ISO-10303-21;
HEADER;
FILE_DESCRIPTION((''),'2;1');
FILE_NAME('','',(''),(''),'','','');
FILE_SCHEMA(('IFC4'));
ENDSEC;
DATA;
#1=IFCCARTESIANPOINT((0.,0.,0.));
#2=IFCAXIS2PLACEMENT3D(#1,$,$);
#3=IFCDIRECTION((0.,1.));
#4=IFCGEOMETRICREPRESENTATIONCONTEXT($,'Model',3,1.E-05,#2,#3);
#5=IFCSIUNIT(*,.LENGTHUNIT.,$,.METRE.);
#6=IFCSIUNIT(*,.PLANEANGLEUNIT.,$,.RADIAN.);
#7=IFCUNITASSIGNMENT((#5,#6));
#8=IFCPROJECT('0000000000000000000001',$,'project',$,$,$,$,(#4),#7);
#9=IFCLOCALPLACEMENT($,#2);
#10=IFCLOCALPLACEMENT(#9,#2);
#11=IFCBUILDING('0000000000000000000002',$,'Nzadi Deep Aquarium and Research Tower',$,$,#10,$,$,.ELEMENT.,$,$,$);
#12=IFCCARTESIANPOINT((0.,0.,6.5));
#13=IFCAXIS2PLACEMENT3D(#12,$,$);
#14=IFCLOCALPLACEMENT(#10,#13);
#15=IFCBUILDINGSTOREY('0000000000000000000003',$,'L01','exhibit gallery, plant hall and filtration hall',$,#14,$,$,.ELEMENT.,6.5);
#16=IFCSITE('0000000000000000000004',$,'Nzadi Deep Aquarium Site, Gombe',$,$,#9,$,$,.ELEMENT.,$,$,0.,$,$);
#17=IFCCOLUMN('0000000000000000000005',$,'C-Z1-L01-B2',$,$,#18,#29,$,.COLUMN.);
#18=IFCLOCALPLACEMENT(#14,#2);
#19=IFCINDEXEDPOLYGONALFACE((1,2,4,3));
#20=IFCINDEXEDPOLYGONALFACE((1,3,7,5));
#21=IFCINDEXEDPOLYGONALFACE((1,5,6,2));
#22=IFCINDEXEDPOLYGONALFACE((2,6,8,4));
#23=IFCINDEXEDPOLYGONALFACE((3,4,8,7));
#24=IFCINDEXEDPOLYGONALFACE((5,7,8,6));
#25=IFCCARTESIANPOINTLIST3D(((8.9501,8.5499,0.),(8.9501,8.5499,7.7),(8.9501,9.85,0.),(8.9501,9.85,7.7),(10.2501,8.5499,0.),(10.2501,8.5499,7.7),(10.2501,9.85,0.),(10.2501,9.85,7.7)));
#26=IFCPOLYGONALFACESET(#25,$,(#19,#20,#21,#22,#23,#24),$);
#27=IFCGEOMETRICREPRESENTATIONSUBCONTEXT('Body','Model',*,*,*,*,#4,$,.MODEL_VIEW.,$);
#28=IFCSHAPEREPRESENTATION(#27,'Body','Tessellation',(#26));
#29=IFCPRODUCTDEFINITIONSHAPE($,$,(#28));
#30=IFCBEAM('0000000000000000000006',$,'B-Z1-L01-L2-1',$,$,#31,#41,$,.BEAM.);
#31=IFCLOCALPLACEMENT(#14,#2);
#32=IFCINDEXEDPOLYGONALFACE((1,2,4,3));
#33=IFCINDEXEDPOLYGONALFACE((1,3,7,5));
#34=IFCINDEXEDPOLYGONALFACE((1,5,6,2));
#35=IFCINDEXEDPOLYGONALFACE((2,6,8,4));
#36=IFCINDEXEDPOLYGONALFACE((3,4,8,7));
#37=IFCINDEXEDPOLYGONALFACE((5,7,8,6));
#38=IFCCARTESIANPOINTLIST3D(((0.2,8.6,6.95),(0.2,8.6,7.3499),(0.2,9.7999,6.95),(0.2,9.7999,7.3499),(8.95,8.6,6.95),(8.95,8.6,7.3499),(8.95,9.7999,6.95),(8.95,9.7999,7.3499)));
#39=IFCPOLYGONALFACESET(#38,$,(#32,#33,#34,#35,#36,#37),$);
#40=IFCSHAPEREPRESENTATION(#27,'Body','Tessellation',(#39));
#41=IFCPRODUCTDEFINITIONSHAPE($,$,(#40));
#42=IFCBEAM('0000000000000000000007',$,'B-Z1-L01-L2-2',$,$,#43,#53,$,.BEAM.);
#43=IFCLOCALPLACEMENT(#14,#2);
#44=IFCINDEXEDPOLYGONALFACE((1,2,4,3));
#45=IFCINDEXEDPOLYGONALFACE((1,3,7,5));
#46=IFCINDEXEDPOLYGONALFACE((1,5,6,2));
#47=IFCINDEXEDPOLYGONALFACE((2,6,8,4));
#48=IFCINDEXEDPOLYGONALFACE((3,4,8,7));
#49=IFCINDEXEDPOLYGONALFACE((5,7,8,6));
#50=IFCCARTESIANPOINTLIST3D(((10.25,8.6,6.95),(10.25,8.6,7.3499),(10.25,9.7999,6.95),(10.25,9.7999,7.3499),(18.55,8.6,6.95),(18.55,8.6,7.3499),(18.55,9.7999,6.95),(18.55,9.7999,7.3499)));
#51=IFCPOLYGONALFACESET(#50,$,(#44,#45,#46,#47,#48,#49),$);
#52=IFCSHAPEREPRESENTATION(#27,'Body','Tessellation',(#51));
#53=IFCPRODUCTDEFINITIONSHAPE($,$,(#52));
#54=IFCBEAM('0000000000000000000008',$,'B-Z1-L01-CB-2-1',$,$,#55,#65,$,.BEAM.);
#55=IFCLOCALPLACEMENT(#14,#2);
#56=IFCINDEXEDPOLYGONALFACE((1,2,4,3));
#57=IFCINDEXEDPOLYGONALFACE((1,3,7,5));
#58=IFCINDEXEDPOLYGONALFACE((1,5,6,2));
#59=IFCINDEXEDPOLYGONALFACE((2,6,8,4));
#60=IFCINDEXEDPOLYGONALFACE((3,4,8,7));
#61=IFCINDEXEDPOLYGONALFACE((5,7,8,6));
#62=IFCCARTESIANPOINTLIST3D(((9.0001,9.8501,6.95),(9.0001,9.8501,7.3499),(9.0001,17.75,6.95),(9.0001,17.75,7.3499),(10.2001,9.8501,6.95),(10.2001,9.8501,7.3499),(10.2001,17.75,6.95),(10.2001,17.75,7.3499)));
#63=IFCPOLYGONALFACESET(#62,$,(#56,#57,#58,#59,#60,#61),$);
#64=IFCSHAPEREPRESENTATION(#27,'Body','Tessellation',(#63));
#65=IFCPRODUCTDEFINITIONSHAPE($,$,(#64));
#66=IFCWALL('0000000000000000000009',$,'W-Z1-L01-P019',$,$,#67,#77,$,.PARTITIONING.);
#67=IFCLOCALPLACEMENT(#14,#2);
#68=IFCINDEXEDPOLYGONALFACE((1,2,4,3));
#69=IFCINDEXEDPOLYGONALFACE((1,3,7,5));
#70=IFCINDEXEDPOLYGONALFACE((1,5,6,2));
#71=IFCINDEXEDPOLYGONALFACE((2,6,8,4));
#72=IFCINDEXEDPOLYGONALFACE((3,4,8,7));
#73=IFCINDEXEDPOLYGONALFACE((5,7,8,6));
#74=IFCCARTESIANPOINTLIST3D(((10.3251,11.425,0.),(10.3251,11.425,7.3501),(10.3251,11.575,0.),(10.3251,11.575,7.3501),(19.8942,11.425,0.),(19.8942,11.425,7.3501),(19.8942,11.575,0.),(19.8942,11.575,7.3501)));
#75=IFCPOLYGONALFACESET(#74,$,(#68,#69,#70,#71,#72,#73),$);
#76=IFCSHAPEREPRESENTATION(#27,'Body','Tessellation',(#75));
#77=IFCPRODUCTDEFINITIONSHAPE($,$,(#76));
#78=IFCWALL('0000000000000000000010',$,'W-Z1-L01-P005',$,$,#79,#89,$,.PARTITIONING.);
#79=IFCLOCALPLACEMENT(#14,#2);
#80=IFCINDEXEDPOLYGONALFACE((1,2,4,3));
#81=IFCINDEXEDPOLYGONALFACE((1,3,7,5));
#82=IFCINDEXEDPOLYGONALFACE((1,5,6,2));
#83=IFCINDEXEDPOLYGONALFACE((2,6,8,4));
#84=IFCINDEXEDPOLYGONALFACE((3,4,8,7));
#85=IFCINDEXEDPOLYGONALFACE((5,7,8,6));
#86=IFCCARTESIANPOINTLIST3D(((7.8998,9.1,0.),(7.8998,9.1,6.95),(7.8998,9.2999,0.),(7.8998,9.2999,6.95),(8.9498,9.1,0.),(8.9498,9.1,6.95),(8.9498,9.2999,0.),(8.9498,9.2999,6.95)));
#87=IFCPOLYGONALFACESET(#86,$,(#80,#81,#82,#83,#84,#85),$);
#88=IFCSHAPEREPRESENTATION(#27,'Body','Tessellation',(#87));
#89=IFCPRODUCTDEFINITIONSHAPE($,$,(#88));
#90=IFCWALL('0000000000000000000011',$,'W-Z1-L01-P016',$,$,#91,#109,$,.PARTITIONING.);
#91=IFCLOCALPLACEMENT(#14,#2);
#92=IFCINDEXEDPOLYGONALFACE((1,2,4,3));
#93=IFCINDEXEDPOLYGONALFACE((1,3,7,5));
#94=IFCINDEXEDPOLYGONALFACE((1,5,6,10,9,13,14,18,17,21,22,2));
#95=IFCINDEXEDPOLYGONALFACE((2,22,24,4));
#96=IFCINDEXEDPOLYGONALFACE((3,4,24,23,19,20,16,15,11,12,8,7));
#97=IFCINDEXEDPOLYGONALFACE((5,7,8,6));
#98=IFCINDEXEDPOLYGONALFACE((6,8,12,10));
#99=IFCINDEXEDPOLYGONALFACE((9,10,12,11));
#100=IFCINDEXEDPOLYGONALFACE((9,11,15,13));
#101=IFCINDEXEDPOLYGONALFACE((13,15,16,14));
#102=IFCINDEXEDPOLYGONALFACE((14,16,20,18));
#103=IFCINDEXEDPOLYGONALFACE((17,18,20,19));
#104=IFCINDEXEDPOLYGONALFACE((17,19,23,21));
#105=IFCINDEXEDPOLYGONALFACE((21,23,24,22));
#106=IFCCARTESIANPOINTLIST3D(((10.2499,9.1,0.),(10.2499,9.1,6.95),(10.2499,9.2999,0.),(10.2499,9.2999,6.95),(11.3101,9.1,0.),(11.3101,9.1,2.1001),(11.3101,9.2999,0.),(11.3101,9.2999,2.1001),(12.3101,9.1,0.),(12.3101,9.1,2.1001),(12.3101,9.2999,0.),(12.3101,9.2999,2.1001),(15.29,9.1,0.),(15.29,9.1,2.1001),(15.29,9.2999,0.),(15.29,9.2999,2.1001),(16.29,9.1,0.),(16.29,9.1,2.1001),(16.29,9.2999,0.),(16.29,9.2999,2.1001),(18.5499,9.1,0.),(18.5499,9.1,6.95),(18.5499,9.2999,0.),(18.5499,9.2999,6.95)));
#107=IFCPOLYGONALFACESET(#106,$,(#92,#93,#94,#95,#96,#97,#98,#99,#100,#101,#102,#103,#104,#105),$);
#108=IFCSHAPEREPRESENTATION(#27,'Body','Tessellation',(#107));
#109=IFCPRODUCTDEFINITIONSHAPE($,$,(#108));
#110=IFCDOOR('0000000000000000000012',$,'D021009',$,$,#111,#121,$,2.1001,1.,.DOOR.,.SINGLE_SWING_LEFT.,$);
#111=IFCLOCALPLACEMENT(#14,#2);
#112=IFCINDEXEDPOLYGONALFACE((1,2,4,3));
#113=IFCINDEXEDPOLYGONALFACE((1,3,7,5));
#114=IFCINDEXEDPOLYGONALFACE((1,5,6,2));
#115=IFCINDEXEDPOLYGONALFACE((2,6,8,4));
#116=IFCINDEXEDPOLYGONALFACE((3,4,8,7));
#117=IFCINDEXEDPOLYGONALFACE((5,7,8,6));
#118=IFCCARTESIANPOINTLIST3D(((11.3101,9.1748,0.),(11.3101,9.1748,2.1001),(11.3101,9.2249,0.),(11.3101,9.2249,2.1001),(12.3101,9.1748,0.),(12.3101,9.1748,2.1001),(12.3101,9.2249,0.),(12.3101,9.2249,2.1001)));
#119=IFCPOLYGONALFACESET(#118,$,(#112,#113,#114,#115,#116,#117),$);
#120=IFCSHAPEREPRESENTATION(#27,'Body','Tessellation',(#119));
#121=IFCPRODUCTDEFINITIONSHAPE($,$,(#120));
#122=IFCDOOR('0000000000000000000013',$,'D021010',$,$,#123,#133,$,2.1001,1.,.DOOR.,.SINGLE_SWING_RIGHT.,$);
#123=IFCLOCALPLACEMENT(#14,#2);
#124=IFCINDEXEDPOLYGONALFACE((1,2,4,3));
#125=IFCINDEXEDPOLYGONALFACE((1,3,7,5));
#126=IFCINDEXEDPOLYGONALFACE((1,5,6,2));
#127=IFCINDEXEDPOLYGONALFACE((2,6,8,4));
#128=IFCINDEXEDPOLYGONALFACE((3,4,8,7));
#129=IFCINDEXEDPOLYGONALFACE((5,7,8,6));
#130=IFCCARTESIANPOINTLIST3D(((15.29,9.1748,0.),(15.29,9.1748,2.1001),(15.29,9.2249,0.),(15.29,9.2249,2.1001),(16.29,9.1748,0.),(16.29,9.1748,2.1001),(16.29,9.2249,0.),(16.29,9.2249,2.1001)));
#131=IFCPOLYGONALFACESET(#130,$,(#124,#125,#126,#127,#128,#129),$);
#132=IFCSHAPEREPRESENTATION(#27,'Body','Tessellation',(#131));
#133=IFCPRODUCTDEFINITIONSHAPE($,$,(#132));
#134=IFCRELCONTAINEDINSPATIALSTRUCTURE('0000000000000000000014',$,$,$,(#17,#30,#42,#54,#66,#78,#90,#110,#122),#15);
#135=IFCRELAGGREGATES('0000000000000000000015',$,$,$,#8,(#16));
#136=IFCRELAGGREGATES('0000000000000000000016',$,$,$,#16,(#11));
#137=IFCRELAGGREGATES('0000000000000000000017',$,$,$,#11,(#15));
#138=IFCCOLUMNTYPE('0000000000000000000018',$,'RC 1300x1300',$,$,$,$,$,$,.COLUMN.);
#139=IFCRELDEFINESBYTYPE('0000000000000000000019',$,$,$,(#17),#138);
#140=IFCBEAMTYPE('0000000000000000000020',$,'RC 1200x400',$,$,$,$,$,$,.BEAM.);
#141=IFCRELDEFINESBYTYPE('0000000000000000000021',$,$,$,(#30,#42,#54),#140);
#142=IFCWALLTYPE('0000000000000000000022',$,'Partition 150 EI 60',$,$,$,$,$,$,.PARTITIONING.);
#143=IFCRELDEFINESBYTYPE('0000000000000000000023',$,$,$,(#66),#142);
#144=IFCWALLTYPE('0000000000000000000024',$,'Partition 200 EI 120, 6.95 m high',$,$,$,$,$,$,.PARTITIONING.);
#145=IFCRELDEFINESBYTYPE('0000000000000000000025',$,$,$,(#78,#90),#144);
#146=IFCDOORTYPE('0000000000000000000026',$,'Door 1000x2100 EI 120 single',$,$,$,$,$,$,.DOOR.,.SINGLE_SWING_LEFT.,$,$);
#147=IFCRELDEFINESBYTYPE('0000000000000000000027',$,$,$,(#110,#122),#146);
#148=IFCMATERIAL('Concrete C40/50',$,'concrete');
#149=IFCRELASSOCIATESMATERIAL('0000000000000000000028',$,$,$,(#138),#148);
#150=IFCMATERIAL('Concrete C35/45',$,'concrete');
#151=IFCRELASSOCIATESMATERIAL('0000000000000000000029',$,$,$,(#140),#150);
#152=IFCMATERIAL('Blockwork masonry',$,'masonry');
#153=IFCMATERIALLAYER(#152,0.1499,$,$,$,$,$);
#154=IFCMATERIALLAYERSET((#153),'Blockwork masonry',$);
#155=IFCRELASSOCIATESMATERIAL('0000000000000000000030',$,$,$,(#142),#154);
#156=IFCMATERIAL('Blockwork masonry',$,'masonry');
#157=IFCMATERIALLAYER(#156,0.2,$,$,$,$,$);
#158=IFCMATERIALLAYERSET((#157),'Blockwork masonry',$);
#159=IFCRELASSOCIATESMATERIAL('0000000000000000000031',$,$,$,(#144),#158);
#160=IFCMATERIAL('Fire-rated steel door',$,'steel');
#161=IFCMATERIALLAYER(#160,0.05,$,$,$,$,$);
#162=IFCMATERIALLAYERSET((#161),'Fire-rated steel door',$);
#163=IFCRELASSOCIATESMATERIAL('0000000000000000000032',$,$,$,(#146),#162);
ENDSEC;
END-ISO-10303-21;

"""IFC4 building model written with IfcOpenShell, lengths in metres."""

from ifc_helpers import new_model, si_unit, direction, frame, frame_2d, origin, origin_2d, place, context, subcontext, project, spatial, rectangle, extrude, material, layer, layer_set, material_profile, profile_set, type_object, element, fill, save


model = new_model("IFC4")

# Units and contexts
model_context = context("Model", 3, precision=1e-05, world=origin(), true_north=direction((0.0, 1.0)))
body_context = subcontext(model_context, "Body", "Model", "MODEL_VIEW")
ifc_project = project(units=[si_unit("LENGTHUNIT", "METRE"), si_unit("PLANEANGLEUNIT", "RADIAN")], contexts=[model_context])

# Site, building, storey
site_placement = place(None, origin())
site = spatial("IfcSite", under=ifc_project, at=site_placement, Name="Nzadi Deep Aquarium Site, Gombe", CompositionType="ELEMENT", RefElevation=0.0)
building_placement = place(site_placement, origin())
building = spatial("IfcBuilding", under=site, at=building_placement, Name="Nzadi Deep Aquarium and Research Tower", CompositionType="ELEMENT")
storey_placement = place(building_placement, frame((0.0, 0.0, 6.5)))
storey = spatial("IfcBuildingStorey", under=building, at=storey_placement, Name="L01", Description="exhibit gallery, plant hall and filtration hall", CompositionType="ELEMENT", Elevation=6.5)

# Column
ifc_material_1 = material(Name="Concrete C40/50", Category="concrete")
ifc_material_profile_1 = material_profile(ifc_material_1, rectangle(XDim=1.3, YDim=1.3, at=origin_2d()))
ifc_profile_set_1 = profile_set([ifc_material_profile_1], Name="Concrete C40/50")
column_type = type_object("IfcColumnType", Name="RC 1300x1300", PredefinedType="COLUMN", material=ifc_profile_set_1)
column_placement = place(storey_placement, frame((9.6001, 9.2, 0.0), z_axis=(0.0, 0.0, 1.0), x_axis=(1.0, 0.0, 0.0)))
element("IfcColumn", 1, at=column_placement, inside=storey, type_object=column_type, Name="C-Z1-L01-B2", PredefinedType="COLUMN", context=body_context, shape_type="SweptSolid", body=[
    extrude(rectangle(XDim=1.3, YDim=1.3, at=origin_2d()), origin(), (0.0, 0.0, 1.0), 7.7),
])

# Beams
ifc_material_2 = material(Name="Concrete C35/45", Category="concrete")
ifc_material_profile_2 = material_profile(ifc_material_2, rectangle(XDim=1.2, YDim=0.3999, at=origin_2d()))
ifc_profile_set_2 = profile_set([ifc_material_profile_2], Name="Concrete C35/45")
beam_type = type_object("IfcBeamType", Name="RC 1200x400", PredefinedType="BEAM", material=ifc_profile_set_2)
beam_1_placement = place(storey_placement, frame((0.2, 9.2, 7.1499), z_axis=(1.0, 0.0, 0.0), x_axis=(0.0, 1.0, 0.0)))
element("IfcBeam", 2, at=beam_1_placement, inside=storey, type_object=beam_type, Name="B-Z1-L01-L2-1", PredefinedType="BEAM", context=body_context, shape_type="SweptSolid", body=[
    extrude(rectangle(XDim=1.2, YDim=0.3999, at=origin_2d()), origin(), (0.0, 0.0, 1.0), 8.75),
])
beam_2_placement = place(storey_placement, frame((10.25, 9.2, 7.1499), z_axis=(1.0, 0.0, 0.0), x_axis=(0.0, 1.0, 0.0)))
element("IfcBeam", 3, at=beam_2_placement, inside=storey, type_object=beam_type, Name="B-Z1-L01-L2-2", PredefinedType="BEAM", context=body_context, shape_type="SweptSolid", body=[
    extrude(rectangle(XDim=1.2, YDim=0.3999, at=origin_2d()), origin(), (0.0, 0.0, 1.0), 8.3),
])
beam_3_placement = place(storey_placement, frame((9.6001, 9.8501, 7.1499), z_axis=(0.0, 1.0, 0.0), x_axis=(-1.0, 0.0, 0.0)))
element("IfcBeam", 4, at=beam_3_placement, inside=storey, type_object=beam_type, Name="B-Z1-L01-CB-2-1", PredefinedType="BEAM", context=body_context, shape_type="SweptSolid", body=[
    extrude(rectangle(XDim=1.2, YDim=0.3999, at=origin_2d()), origin(), (0.0, 0.0, 1.0), 7.8999),
])

# Walls
ifc_material_3 = material(Name="Blockwork masonry", Category="masonry")
ifc_layer_1 = layer(ifc_material_3, 0.1499)
ifc_layer_set_1 = layer_set([ifc_layer_1], Name="Blockwork masonry")
wall_type_1 = type_object("IfcWallType", Name="Partition 150 EI 60", PredefinedType="PARTITIONING", material=ifc_layer_set_1)
wall_1_placement = place(storey_placement, frame((10.325, 11.5, 0.0), z_axis=(0.0, 0.0, 1.0), x_axis=(1.0, 0.0, 0.0)))
element("IfcWall", 5, at=wall_1_placement, inside=storey, type_object=wall_type_1, Name="W-Z1-L01-P019", PredefinedType="PARTITIONING", context=body_context, shape_type="SweptSolid", body=[
    extrude(rectangle(XDim=9.5691, YDim=0.1499, at=frame_2d((4.7847, 0.0))), origin(), (0.0, 0.0, 1.0), 7.3501),
])
ifc_material_4 = material(Name="Blockwork masonry", Category="masonry")
ifc_layer_2 = layer(ifc_material_4, 0.2)
ifc_layer_set_2 = layer_set([ifc_layer_2], Name="Blockwork masonry")
wall_type_2 = type_object("IfcWallType", Name="Partition 200 EI 120, 6.95 m high", PredefinedType="PARTITIONING", material=ifc_layer_set_2)
wall_2_placement = place(storey_placement, frame((7.8999, 9.2, 0.0), z_axis=(0.0, 0.0, 1.0), x_axis=(1.0, 0.0, 0.0)))
element("IfcWall", 6, at=wall_2_placement, inside=storey, type_object=wall_type_2, Name="W-Z1-L01-P005", PredefinedType="PARTITIONING", context=body_context, shape_type="SweptSolid", body=[
    extrude(rectangle(XDim=1.05, YDim=0.2, at=frame_2d((0.5249, 0.0))), origin(), (0.0, 0.0, 1.0), 6.95),
])

# Wall, openings, doors
wall_3_placement = place(storey_placement, frame((10.25, 9.2, 0.0), z_axis=(0.0, 0.0, 1.0), x_axis=(1.0, 0.0, 0.0)))
wall_3 = element("IfcWall", 7, at=wall_3_placement, inside=storey, type_object=wall_type_2, Name="W-Z1-L01-P016", PredefinedType="PARTITIONING", context=body_context, shape_type="SweptSolid", body=[
    extrude(rectangle(XDim=8.3, YDim=0.2, at=frame_2d((4.1499, 0.0))), origin(), (0.0, 0.0, 1.0), 6.95),
])
opening_1_placement = place(wall_3_placement, frame((1.0601, 0.0, 0.0)))
opening_1 = element("IfcOpeningElement", 8, at=opening_1_placement, cuts=wall_3, PredefinedType="OPENING", context=body_context, shape_type="SweptSolid", body=[
    extrude(rectangle(XDim=1.0, YDim=2.1001, at=frame_2d((0.5, 1.05))), frame((0.0, 0.1101, 0.0), z_axis=(0.0, -1.0, 0.0), x_axis=(1.0, 0.0, 0.0)), (0.0, 0.0, 1.0), 0.2202),
])
opening_2_placement = place(wall_3_placement, frame((5.04, 0.0, 0.0)))
opening_2 = element("IfcOpeningElement", 9, at=opening_2_placement, cuts=wall_3, PredefinedType="OPENING", context=body_context, shape_type="SweptSolid", body=[
    extrude(rectangle(XDim=1.0, YDim=2.1001, at=frame_2d((0.5, 1.05))), frame((0.0, 0.1101, 0.0), z_axis=(0.0, -1.0, 0.0), x_axis=(1.0, 0.0, 0.0)), (0.0, 0.0, 1.0), 0.2202),
])
ifc_material_5 = material(Name="Fire-rated steel door", Category="steel")
ifc_layer_3 = layer(ifc_material_5, 0.05)
ifc_layer_set_3 = layer_set([ifc_layer_3], Name="Fire-rated steel door")
door_type_1 = type_object("IfcDoorType", Name="Door 1000x2100 EI 120 single", OperationType="SINGLE_SWING_LEFT", PredefinedType="DOOR", material=ifc_layer_set_3)
door_1_placement = place(opening_1_placement, origin())
door_1 = element("IfcDoor", 10, at=door_1_placement, inside=storey, type_object=door_type_1, Name="D021009", OperationType="SINGLE_SWING_LEFT", OverallHeight=2.1001, OverallWidth=1.0, PredefinedType="DOOR", context=body_context, shape_type="SweptSolid", body=[
    extrude(rectangle(XDim=1.0, YDim=2.1001, at=frame_2d((0.5, 1.05))), frame((0.0, 0.0249, 0.0), z_axis=(0.0, -1.0, 0.0), x_axis=(1.0, 0.0, 0.0)), (0.0, 0.0, 1.0), 0.05),
])
fill(opening_1, door_1)
door_2_placement = place(opening_2_placement, origin())
door_2 = element("IfcDoor", 11, at=door_2_placement, inside=storey, type_object=door_type_1, Name="D021010", OperationType="SINGLE_SWING_RIGHT", OverallHeight=2.1001, OverallWidth=1.0, PredefinedType="DOOR", context=body_context, shape_type="SweptSolid", body=[
    extrude(rectangle(XDim=1.0, YDim=2.1001, at=frame_2d((0.5, 1.05))), frame((0.0, 0.0249, 0.0), z_axis=(0.0, -1.0, 0.0), x_axis=(1.0, 0.0, 0.0)), (0.0, 0.0, 1.0), 0.05),
])
fill(opening_2, door_2)

save(model, "model.ifc")
